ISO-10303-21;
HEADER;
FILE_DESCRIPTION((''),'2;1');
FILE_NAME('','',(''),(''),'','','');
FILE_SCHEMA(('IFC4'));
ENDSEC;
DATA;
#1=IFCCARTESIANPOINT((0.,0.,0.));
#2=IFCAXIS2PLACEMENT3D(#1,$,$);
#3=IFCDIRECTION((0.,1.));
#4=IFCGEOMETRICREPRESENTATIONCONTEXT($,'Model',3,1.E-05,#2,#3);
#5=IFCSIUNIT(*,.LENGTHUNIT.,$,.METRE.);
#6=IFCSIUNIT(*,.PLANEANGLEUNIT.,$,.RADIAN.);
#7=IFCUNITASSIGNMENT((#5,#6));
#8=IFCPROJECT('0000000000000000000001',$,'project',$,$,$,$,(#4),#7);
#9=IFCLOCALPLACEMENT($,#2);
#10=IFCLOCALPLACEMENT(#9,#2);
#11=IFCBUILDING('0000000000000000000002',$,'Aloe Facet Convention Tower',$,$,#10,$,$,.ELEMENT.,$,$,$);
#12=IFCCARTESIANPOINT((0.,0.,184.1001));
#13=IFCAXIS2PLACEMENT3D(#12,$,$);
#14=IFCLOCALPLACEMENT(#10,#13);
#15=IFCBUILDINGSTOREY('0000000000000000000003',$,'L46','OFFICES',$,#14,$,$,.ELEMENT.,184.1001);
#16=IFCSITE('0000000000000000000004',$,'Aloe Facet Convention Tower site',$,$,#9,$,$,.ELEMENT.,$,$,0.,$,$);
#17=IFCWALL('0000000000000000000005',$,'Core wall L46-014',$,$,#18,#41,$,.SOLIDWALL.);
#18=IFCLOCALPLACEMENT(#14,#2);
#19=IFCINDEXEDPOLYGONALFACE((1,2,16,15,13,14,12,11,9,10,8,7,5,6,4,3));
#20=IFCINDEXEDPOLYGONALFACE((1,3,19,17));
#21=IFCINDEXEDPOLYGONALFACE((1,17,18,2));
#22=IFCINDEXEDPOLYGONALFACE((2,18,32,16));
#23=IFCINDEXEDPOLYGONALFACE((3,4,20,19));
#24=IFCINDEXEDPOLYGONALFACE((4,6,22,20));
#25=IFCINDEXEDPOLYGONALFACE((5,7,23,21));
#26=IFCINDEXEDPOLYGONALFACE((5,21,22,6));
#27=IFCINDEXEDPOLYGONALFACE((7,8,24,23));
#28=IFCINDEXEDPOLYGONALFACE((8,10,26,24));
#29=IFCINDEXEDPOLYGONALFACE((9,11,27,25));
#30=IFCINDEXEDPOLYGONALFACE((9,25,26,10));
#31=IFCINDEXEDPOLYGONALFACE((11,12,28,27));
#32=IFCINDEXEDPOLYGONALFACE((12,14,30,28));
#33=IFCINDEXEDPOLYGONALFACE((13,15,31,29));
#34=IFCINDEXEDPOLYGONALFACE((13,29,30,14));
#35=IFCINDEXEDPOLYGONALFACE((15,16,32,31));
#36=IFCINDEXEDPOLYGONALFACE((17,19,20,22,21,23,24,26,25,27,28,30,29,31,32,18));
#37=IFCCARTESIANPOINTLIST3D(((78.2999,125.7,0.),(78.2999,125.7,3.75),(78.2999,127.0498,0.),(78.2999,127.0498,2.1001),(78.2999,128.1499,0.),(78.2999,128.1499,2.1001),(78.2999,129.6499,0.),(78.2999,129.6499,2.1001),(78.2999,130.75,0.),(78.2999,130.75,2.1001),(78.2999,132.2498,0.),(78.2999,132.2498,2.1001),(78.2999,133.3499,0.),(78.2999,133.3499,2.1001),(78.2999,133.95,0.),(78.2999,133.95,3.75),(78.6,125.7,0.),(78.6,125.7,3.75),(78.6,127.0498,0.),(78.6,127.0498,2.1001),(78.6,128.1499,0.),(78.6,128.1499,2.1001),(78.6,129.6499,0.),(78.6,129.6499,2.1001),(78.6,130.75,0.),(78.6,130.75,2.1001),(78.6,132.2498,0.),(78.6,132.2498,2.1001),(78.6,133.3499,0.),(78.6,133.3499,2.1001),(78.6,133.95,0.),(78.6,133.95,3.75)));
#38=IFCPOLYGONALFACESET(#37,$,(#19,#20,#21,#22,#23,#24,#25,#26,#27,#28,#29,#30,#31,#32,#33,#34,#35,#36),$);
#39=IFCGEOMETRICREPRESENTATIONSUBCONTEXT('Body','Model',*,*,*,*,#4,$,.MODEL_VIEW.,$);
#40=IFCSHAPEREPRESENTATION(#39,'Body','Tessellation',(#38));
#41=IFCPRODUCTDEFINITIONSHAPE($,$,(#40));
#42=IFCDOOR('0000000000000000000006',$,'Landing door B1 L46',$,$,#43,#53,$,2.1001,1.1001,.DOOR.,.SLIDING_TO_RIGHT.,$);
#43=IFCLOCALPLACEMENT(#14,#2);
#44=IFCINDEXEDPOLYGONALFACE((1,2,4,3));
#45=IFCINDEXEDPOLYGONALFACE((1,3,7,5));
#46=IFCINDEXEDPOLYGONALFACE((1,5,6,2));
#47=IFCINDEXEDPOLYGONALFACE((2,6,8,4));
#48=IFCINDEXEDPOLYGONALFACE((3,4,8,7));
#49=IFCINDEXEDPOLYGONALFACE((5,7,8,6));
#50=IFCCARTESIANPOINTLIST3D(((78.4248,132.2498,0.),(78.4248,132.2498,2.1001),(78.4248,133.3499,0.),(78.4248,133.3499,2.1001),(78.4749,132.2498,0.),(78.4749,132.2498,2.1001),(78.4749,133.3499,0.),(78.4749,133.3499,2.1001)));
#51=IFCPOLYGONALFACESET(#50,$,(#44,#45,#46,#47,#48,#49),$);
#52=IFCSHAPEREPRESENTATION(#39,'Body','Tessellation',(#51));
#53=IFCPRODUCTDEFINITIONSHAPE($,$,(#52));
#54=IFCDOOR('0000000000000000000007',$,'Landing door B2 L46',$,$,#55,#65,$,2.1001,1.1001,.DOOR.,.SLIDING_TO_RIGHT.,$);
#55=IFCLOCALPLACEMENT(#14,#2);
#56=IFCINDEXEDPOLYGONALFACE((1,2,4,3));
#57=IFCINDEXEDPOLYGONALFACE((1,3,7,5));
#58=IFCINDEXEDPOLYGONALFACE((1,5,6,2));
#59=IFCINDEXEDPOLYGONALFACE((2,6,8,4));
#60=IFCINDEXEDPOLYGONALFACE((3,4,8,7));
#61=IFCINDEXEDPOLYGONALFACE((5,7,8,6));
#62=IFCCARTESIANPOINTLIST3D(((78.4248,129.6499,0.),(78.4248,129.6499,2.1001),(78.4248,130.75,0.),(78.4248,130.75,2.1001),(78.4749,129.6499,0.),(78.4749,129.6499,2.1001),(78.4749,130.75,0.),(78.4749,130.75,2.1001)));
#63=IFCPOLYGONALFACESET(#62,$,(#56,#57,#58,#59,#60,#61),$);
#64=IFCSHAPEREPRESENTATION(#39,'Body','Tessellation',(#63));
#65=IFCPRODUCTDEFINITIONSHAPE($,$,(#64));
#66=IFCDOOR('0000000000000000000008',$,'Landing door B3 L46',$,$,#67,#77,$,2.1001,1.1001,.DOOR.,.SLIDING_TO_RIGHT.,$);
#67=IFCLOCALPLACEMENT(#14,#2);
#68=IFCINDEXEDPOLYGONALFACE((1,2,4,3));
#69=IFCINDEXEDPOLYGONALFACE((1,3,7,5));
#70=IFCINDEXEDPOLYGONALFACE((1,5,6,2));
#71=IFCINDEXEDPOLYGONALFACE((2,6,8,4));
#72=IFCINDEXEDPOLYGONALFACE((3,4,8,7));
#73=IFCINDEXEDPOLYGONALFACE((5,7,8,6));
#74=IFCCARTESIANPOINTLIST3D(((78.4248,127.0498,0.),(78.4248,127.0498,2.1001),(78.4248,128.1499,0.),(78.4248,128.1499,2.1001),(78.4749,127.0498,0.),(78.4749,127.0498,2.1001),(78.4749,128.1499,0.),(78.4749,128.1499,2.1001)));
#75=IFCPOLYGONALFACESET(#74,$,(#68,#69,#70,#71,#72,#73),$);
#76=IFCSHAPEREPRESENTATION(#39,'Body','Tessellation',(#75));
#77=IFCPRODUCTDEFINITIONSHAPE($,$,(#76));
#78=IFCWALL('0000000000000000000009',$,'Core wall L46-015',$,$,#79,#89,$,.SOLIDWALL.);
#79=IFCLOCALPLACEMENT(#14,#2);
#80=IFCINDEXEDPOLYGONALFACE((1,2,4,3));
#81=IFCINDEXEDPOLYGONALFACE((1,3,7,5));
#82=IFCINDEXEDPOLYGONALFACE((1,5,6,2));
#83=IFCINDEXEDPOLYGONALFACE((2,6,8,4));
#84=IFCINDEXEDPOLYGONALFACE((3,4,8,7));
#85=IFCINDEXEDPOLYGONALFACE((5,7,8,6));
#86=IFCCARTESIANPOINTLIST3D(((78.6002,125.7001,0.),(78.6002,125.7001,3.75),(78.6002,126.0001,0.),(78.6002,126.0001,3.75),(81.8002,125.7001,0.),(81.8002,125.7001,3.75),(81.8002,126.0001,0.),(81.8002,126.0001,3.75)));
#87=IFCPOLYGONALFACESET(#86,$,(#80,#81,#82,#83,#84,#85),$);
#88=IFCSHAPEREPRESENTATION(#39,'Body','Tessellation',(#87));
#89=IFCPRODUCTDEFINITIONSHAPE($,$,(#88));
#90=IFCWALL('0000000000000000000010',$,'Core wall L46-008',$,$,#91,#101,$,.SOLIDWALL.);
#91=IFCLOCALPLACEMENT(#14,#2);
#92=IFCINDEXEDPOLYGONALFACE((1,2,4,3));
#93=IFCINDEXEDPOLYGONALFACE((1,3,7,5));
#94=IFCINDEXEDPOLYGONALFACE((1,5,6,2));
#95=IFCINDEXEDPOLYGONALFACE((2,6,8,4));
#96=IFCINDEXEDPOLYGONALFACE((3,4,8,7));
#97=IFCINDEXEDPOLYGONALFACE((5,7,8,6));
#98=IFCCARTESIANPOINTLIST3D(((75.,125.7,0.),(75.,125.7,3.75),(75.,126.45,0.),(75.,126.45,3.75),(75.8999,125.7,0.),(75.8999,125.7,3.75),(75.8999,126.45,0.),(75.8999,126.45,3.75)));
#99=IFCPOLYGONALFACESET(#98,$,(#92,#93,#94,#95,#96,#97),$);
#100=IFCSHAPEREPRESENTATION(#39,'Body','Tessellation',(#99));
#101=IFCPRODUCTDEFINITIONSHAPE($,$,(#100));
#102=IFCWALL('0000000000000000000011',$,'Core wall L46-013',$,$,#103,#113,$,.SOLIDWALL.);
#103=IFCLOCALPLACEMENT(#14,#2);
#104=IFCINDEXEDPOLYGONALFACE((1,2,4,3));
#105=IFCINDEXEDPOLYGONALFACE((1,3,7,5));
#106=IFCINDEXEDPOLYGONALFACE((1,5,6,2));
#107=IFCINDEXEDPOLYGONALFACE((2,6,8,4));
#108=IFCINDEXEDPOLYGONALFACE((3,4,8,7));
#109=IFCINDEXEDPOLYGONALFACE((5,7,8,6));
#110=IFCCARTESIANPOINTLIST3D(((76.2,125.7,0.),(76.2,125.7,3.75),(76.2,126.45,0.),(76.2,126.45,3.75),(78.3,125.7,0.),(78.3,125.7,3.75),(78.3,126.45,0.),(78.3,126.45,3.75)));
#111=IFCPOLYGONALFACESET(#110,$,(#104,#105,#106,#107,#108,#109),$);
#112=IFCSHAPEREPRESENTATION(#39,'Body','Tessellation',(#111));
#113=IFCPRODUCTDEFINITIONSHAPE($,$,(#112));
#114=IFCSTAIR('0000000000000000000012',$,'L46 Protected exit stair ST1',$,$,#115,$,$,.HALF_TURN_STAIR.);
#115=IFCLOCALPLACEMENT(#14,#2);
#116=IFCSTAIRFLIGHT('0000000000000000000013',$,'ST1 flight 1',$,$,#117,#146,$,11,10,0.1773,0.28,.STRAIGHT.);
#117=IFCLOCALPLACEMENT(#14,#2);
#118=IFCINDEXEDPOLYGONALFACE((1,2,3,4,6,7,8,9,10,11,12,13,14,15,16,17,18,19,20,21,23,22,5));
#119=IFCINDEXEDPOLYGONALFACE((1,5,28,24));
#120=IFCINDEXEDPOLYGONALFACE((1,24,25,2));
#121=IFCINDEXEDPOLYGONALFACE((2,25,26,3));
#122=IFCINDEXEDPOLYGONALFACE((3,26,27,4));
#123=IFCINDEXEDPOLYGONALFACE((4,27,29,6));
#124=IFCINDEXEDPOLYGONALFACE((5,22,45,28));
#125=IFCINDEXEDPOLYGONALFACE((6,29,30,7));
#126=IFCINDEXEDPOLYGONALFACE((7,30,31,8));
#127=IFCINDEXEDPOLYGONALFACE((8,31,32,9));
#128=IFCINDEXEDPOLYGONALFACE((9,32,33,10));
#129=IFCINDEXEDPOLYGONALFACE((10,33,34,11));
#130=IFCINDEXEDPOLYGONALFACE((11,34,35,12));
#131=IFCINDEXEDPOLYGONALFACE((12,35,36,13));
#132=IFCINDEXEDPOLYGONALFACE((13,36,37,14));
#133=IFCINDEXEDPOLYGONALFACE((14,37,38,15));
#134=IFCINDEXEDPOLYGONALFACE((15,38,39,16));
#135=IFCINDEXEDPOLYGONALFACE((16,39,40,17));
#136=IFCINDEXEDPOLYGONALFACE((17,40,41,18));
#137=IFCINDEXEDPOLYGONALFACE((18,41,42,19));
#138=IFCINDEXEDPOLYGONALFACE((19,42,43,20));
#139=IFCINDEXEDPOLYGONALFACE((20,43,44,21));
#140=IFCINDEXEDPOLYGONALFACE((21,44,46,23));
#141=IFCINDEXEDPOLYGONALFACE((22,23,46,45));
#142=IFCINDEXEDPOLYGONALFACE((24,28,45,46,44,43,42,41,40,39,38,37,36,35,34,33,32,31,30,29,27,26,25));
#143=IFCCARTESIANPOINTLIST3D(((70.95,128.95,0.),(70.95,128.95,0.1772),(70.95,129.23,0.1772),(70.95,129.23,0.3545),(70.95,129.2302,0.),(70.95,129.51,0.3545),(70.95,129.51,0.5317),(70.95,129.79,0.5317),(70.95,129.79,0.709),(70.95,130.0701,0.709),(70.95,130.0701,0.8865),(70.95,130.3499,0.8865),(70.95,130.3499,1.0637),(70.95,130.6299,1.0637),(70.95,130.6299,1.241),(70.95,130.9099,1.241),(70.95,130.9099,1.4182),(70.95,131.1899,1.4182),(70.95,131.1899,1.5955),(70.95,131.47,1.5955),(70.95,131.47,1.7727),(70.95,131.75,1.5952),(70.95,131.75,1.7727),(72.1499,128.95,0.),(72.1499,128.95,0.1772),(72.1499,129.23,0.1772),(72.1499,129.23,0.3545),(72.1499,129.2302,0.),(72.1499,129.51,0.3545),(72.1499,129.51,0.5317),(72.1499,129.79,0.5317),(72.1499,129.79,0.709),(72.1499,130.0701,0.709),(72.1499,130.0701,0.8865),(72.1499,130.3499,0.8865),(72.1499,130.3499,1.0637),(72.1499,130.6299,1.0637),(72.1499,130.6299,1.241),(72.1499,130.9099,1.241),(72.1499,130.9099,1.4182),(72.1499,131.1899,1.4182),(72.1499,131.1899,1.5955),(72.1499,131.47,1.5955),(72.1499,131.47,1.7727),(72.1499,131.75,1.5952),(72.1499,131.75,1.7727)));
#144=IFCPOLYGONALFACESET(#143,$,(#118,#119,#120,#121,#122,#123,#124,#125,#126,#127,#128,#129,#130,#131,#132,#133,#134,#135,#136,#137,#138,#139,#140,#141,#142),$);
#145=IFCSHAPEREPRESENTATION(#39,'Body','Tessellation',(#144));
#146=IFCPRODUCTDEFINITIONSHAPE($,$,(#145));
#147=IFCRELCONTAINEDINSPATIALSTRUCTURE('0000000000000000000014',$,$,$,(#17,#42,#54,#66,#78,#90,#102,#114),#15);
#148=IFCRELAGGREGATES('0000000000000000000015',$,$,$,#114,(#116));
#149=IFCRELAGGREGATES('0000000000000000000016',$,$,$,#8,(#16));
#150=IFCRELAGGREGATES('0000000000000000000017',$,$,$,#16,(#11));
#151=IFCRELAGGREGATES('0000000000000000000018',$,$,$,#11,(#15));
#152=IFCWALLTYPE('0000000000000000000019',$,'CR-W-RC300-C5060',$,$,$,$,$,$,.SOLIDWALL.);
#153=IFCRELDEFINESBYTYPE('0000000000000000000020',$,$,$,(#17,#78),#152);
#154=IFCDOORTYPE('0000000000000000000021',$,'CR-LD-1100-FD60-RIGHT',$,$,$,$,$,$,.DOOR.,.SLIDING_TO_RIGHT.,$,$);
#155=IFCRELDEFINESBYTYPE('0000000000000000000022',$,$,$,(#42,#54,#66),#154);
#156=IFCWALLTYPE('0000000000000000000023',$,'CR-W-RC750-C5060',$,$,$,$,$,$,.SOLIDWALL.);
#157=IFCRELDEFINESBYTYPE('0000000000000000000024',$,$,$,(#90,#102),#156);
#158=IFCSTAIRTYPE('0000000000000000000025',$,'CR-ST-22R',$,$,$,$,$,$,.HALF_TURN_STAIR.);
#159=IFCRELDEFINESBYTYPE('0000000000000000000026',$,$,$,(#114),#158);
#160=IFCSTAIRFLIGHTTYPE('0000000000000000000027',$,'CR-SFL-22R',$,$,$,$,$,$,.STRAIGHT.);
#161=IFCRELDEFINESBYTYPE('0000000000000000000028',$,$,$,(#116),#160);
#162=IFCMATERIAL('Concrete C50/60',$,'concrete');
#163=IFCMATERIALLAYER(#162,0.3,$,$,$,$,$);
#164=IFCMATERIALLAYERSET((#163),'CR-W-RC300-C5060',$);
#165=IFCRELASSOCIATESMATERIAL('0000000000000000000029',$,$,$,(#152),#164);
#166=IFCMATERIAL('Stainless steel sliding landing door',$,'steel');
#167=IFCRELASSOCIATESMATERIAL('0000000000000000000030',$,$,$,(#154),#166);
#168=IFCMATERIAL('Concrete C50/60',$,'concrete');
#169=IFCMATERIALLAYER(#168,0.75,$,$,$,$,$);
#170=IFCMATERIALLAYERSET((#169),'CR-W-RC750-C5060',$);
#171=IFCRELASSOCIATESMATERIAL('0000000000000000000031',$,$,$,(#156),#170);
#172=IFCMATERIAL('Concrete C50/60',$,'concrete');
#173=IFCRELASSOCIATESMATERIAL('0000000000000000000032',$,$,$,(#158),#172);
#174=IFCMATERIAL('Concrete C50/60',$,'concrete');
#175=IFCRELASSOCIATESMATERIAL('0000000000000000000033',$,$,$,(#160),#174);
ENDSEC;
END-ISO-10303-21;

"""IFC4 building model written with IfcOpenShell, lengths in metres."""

from ifc_helpers import new_model, si_unit, direction, frame, frame_2d, origin, place, context, subcontext, project, spatial, polyline, rectangle, outline, extrude, material, layer, layer_set, type_object, element, fill, aggregate, save


model = new_model("IFC4")

# Units and contexts
model_context = context("Model", 3, precision=1e-05, world=origin(), true_north=direction((0.0, 1.0)))
body_context = subcontext(model_context, "Body", "Model", "MODEL_VIEW")
ifc_project = project(units=[si_unit("LENGTHUNIT", "METRE"), si_unit("PLANEANGLEUNIT", "RADIAN")], contexts=[model_context])

# Site, building, storey
site_placement = place(None, origin())
site = spatial("IfcSite", under=ifc_project, at=site_placement, Name="Aloe Facet Convention Tower site", CompositionType="ELEMENT", RefElevation=0.0)
building_placement = place(site_placement, origin())
building = spatial("IfcBuilding", under=site, at=building_placement, Name="Aloe Facet Convention Tower", CompositionType="ELEMENT")
storey_placement = place(building_placement, frame((0.0, 0.0, 184.1001)))
storey = spatial("IfcBuildingStorey", under=building, at=storey_placement, Name="L46", Description="OFFICES", CompositionType="ELEMENT", Elevation=184.1001)

# Shared definitions
ifc_material_1 = material(Name="Concrete C50/60", Category="concrete")
ifc_layer_1 = layer(ifc_material_1, 0.3)
ifc_layer_set_1 = layer_set([ifc_layer_1], Name="CR-W-RC300-C5060")
wall_type_1 = type_object("IfcWallType", Name="CR-W-RC300-C5060", PredefinedType="SOLIDWALL", material=ifc_layer_set_1)

# Wall, openings, doors
wall_1_placement = place(storey_placement, frame((78.45, 133.95, 0.0), z_axis=(0.0, 0.0, 1.0), x_axis=(0.0, -1.0, 0.0)))
wall_1 = element("IfcWall", 1, at=wall_1_placement, inside=storey, type_object=wall_type_1, Name="Core wall L46-014", PredefinedType="SOLIDWALL", context=body_context, shape_type="SweptSolid", body=[
    extrude(rectangle(XDim=8.25, YDim=0.3, at=frame_2d((4.125, 0.0))), origin(), (0.0, 0.0, 1.0), 3.75),
])
opening_1_placement = place(wall_1_placement, frame((0.6001, 0.0, 0.0)))
opening_1 = element("IfcOpeningElement", 2, at=opening_1_placement, cuts=wall_1, PredefinedType="OPENING", context=body_context, shape_type="SweptSolid", body=[
    extrude(rectangle(XDim=1.1001, YDim=2.1001, at=frame_2d((0.55, 1.05))), frame((0.0, 0.1602, 0.0), z_axis=(0.0, -1.0, 0.0), x_axis=(1.0, 0.0, 0.0)), (0.0, 0.0, 1.0), 0.3201),
])
opening_2_placement = place(wall_1_placement, frame((3.2, 0.0, 0.0)))
opening_2 = element("IfcOpeningElement", 3, at=opening_2_placement, cuts=wall_1, PredefinedType="OPENING", context=body_context, shape_type="SweptSolid", body=[
    extrude(rectangle(XDim=1.1001, YDim=2.1001, at=frame_2d((0.55, 1.05))), frame((0.0, 0.1602, 0.0), z_axis=(0.0, -1.0, 0.0), x_axis=(1.0, 0.0, 0.0)), (0.0, 0.0, 1.0), 0.3201),
])
opening_3_placement = place(wall_1_placement, frame((5.8, 0.0, 0.0)))
opening_3 = element("IfcOpeningElement", 4, at=opening_3_placement, cuts=wall_1, PredefinedType="OPENING", context=body_context, shape_type="SweptSolid", body=[
    extrude(rectangle(XDim=1.1001, YDim=2.1001, at=frame_2d((0.55, 1.05))), frame((0.0, 0.1602, 0.0), z_axis=(0.0, -1.0, 0.0), x_axis=(1.0, 0.0, 0.0)), (0.0, 0.0, 1.0), 0.3201),
])
ifc_material_2 = material(Name="Stainless steel sliding landing door", Category="steel")
door_type_1 = type_object("IfcDoorType", Name="CR-LD-1100-FD60-RIGHT", OperationType="SLIDING_TO_RIGHT", PredefinedType="DOOR", material=ifc_material_2)
door_1_placement = place(opening_1_placement, origin())
door_1 = element("IfcDoor", 5, at=door_1_placement, inside=storey, type_object=door_type_1, Name="Landing door B1 L46", OperationType="SLIDING_TO_RIGHT", OverallHeight=2.1001, OverallWidth=1.1001, PredefinedType="DOOR", context=body_context, shape_type="SweptSolid", body=[
    extrude(rectangle(XDim=1.1001, YDim=2.1001, at=frame_2d((0.55, 1.05))), frame((0.0, 0.0249, 0.0), z_axis=(0.0, -1.0, 0.0), x_axis=(1.0, 0.0, 0.0)), (0.0, 0.0, 1.0), 0.05),
])
fill(opening_1, door_1)
door_2_placement = place(opening_2_placement, origin())
door_2 = element("IfcDoor", 6, at=door_2_placement, inside=storey, type_object=door_type_1, Name="Landing door B2 L46", OperationType="SLIDING_TO_RIGHT", OverallHeight=2.1001, OverallWidth=1.1001, PredefinedType="DOOR", context=body_context, shape_type="SweptSolid", body=[
    extrude(rectangle(XDim=1.1001, YDim=2.1001, at=frame_2d((0.55, 1.05))), frame((0.0, 0.0249, 0.0), z_axis=(0.0, -1.0, 0.0), x_axis=(1.0, 0.0, 0.0)), (0.0, 0.0, 1.0), 0.05),
])
fill(opening_2, door_2)
door_3_placement = place(opening_3_placement, origin())
door_3 = element("IfcDoor", 7, at=door_3_placement, inside=storey, type_object=door_type_1, Name="Landing door B3 L46", OperationType="SLIDING_TO_RIGHT", OverallHeight=2.1001, OverallWidth=1.1001, PredefinedType="DOOR", context=body_context, shape_type="SweptSolid", body=[
    extrude(rectangle(XDim=1.1001, YDim=2.1001, at=frame_2d((0.55, 1.05))), frame((0.0, 0.0249, 0.0), z_axis=(0.0, -1.0, 0.0), x_axis=(1.0, 0.0, 0.0)), (0.0, 0.0, 1.0), 0.05),
])
fill(opening_3, door_3)

# Walls
wall_2_placement = place(storey_placement, frame((78.6001, 125.8501, 0.0), z_axis=(0.0, 0.0, 1.0), x_axis=(1.0, 0.0, 0.0)))
element("IfcWall", 8, at=wall_2_placement, inside=storey, type_object=wall_type_1, Name="Core wall L46-015", PredefinedType="SOLIDWALL", context=body_context, shape_type="SweptSolid", body=[
    extrude(rectangle(XDim=3.2, YDim=0.3, at=frame_2d((1.6001, 0.0))), origin(), (0.0, 0.0, 1.0), 3.75),
])
ifc_material_3 = material(Name="Concrete C50/60", Category="concrete")
ifc_layer_2 = layer(ifc_material_3, 0.75)
ifc_layer_set_2 = layer_set([ifc_layer_2], Name="CR-W-RC750-C5060")
wall_type_2 = type_object("IfcWallType", Name="CR-W-RC750-C5060", PredefinedType="SOLIDWALL", material=ifc_layer_set_2)
wall_3_placement = place(storey_placement, frame((75.0, 126.075, 0.0), z_axis=(0.0, 0.0, 1.0), x_axis=(1.0, 0.0, 0.0)))
element("IfcWall", 9, at=wall_3_placement, inside=storey, type_object=wall_type_2, Name="Core wall L46-008", PredefinedType="SOLIDWALL", context=body_context, shape_type="SweptSolid", body=[
    extrude(rectangle(XDim=0.8999, YDim=0.75, at=frame_2d((0.45, 0.0))), origin(), (0.0, 0.0, 1.0), 3.75),
])
wall_4_placement = place(storey_placement, frame((76.2, 126.075, 0.0), z_axis=(0.0, 0.0, 1.0), x_axis=(1.0, 0.0, 0.0)))
element("IfcWall", 10, at=wall_4_placement, inside=storey, type_object=wall_type_2, Name="Core wall L46-013", PredefinedType="SOLIDWALL", context=body_context, shape_type="SweptSolid", body=[
    extrude(rectangle(XDim=2.1001, YDim=0.75, at=frame_2d((1.05, 0.0))), origin(), (0.0, 0.0, 1.0), 3.75),
])

# Stair, stair flight
ifc_material_4 = material(Name="Concrete C50/60", Category="concrete")
stair_type = type_object("IfcStairType", Name="CR-ST-22R", PredefinedType="HALF_TURN_STAIR", material=ifc_material_4)
stair_1_placement = place(storey_placement, origin())
stair_1 = element("IfcStair", 11, at=stair_1_placement, inside=storey, type_object=stair_type, Name="L46 Protected exit stair ST1", PredefinedType="HALF_TURN_STAIR")
ifc_material_5 = material(Name="Concrete C50/60", Category="concrete")
stair_flight_type = type_object("IfcStairFlightType", Name="CR-SFL-22R", PredefinedType="STRAIGHT", material=ifc_material_5)
stair_flight_1_placement = place(storey_placement, frame((71.55, 128.95, 0.0), z_axis=(0.0, 0.0, 1.0), x_axis=(0.0, 1.0, 0.0)))
stair_flight_1 = element("IfcStairFlight", 12, at=stair_flight_1_placement, type_object=stair_flight_type, Name="ST1 flight 1", NumberOfRisers=11, NumberOfTreads=10, PredefinedType="STRAIGHT", RiserHeight=0.1773, TreadLength=0.28, context=body_context, shape_type="SweptSolid", body=[
    extrude(outline(polyline([(0.0, 0.0), (0.0, 0.1772), (0.28, 0.1772), (0.28, 0.3545), (0.5601, 0.3545), (0.5601, 0.5317), (0.8401, 0.5317), (0.8401, 0.709), (1.1201, 0.709), (1.1201, 0.8865), (1.3999, 0.8865), (1.3999, 1.0637), (1.6799, 1.0637), (1.6799, 1.241), (1.96, 1.241), (1.96, 1.4182), (2.24, 1.4182), (2.24, 1.5955), (2.52, 1.5955), (2.52, 1.7727), (2.8, 1.7727), (2.8, 1.95), (2.8, 1.5952), (0.2803, 0.0), (0.0, 0.0)])), frame((0.0, 0.6001, 0.0), z_axis=(0.0, -1.0, 0.0), x_axis=(1.0, 0.0, 0.0)), (0.0, 0.0, 1.0), 1.2),
])
aggregate(stair_1, [stair_flight_1])

save(model, "model.ifc")
